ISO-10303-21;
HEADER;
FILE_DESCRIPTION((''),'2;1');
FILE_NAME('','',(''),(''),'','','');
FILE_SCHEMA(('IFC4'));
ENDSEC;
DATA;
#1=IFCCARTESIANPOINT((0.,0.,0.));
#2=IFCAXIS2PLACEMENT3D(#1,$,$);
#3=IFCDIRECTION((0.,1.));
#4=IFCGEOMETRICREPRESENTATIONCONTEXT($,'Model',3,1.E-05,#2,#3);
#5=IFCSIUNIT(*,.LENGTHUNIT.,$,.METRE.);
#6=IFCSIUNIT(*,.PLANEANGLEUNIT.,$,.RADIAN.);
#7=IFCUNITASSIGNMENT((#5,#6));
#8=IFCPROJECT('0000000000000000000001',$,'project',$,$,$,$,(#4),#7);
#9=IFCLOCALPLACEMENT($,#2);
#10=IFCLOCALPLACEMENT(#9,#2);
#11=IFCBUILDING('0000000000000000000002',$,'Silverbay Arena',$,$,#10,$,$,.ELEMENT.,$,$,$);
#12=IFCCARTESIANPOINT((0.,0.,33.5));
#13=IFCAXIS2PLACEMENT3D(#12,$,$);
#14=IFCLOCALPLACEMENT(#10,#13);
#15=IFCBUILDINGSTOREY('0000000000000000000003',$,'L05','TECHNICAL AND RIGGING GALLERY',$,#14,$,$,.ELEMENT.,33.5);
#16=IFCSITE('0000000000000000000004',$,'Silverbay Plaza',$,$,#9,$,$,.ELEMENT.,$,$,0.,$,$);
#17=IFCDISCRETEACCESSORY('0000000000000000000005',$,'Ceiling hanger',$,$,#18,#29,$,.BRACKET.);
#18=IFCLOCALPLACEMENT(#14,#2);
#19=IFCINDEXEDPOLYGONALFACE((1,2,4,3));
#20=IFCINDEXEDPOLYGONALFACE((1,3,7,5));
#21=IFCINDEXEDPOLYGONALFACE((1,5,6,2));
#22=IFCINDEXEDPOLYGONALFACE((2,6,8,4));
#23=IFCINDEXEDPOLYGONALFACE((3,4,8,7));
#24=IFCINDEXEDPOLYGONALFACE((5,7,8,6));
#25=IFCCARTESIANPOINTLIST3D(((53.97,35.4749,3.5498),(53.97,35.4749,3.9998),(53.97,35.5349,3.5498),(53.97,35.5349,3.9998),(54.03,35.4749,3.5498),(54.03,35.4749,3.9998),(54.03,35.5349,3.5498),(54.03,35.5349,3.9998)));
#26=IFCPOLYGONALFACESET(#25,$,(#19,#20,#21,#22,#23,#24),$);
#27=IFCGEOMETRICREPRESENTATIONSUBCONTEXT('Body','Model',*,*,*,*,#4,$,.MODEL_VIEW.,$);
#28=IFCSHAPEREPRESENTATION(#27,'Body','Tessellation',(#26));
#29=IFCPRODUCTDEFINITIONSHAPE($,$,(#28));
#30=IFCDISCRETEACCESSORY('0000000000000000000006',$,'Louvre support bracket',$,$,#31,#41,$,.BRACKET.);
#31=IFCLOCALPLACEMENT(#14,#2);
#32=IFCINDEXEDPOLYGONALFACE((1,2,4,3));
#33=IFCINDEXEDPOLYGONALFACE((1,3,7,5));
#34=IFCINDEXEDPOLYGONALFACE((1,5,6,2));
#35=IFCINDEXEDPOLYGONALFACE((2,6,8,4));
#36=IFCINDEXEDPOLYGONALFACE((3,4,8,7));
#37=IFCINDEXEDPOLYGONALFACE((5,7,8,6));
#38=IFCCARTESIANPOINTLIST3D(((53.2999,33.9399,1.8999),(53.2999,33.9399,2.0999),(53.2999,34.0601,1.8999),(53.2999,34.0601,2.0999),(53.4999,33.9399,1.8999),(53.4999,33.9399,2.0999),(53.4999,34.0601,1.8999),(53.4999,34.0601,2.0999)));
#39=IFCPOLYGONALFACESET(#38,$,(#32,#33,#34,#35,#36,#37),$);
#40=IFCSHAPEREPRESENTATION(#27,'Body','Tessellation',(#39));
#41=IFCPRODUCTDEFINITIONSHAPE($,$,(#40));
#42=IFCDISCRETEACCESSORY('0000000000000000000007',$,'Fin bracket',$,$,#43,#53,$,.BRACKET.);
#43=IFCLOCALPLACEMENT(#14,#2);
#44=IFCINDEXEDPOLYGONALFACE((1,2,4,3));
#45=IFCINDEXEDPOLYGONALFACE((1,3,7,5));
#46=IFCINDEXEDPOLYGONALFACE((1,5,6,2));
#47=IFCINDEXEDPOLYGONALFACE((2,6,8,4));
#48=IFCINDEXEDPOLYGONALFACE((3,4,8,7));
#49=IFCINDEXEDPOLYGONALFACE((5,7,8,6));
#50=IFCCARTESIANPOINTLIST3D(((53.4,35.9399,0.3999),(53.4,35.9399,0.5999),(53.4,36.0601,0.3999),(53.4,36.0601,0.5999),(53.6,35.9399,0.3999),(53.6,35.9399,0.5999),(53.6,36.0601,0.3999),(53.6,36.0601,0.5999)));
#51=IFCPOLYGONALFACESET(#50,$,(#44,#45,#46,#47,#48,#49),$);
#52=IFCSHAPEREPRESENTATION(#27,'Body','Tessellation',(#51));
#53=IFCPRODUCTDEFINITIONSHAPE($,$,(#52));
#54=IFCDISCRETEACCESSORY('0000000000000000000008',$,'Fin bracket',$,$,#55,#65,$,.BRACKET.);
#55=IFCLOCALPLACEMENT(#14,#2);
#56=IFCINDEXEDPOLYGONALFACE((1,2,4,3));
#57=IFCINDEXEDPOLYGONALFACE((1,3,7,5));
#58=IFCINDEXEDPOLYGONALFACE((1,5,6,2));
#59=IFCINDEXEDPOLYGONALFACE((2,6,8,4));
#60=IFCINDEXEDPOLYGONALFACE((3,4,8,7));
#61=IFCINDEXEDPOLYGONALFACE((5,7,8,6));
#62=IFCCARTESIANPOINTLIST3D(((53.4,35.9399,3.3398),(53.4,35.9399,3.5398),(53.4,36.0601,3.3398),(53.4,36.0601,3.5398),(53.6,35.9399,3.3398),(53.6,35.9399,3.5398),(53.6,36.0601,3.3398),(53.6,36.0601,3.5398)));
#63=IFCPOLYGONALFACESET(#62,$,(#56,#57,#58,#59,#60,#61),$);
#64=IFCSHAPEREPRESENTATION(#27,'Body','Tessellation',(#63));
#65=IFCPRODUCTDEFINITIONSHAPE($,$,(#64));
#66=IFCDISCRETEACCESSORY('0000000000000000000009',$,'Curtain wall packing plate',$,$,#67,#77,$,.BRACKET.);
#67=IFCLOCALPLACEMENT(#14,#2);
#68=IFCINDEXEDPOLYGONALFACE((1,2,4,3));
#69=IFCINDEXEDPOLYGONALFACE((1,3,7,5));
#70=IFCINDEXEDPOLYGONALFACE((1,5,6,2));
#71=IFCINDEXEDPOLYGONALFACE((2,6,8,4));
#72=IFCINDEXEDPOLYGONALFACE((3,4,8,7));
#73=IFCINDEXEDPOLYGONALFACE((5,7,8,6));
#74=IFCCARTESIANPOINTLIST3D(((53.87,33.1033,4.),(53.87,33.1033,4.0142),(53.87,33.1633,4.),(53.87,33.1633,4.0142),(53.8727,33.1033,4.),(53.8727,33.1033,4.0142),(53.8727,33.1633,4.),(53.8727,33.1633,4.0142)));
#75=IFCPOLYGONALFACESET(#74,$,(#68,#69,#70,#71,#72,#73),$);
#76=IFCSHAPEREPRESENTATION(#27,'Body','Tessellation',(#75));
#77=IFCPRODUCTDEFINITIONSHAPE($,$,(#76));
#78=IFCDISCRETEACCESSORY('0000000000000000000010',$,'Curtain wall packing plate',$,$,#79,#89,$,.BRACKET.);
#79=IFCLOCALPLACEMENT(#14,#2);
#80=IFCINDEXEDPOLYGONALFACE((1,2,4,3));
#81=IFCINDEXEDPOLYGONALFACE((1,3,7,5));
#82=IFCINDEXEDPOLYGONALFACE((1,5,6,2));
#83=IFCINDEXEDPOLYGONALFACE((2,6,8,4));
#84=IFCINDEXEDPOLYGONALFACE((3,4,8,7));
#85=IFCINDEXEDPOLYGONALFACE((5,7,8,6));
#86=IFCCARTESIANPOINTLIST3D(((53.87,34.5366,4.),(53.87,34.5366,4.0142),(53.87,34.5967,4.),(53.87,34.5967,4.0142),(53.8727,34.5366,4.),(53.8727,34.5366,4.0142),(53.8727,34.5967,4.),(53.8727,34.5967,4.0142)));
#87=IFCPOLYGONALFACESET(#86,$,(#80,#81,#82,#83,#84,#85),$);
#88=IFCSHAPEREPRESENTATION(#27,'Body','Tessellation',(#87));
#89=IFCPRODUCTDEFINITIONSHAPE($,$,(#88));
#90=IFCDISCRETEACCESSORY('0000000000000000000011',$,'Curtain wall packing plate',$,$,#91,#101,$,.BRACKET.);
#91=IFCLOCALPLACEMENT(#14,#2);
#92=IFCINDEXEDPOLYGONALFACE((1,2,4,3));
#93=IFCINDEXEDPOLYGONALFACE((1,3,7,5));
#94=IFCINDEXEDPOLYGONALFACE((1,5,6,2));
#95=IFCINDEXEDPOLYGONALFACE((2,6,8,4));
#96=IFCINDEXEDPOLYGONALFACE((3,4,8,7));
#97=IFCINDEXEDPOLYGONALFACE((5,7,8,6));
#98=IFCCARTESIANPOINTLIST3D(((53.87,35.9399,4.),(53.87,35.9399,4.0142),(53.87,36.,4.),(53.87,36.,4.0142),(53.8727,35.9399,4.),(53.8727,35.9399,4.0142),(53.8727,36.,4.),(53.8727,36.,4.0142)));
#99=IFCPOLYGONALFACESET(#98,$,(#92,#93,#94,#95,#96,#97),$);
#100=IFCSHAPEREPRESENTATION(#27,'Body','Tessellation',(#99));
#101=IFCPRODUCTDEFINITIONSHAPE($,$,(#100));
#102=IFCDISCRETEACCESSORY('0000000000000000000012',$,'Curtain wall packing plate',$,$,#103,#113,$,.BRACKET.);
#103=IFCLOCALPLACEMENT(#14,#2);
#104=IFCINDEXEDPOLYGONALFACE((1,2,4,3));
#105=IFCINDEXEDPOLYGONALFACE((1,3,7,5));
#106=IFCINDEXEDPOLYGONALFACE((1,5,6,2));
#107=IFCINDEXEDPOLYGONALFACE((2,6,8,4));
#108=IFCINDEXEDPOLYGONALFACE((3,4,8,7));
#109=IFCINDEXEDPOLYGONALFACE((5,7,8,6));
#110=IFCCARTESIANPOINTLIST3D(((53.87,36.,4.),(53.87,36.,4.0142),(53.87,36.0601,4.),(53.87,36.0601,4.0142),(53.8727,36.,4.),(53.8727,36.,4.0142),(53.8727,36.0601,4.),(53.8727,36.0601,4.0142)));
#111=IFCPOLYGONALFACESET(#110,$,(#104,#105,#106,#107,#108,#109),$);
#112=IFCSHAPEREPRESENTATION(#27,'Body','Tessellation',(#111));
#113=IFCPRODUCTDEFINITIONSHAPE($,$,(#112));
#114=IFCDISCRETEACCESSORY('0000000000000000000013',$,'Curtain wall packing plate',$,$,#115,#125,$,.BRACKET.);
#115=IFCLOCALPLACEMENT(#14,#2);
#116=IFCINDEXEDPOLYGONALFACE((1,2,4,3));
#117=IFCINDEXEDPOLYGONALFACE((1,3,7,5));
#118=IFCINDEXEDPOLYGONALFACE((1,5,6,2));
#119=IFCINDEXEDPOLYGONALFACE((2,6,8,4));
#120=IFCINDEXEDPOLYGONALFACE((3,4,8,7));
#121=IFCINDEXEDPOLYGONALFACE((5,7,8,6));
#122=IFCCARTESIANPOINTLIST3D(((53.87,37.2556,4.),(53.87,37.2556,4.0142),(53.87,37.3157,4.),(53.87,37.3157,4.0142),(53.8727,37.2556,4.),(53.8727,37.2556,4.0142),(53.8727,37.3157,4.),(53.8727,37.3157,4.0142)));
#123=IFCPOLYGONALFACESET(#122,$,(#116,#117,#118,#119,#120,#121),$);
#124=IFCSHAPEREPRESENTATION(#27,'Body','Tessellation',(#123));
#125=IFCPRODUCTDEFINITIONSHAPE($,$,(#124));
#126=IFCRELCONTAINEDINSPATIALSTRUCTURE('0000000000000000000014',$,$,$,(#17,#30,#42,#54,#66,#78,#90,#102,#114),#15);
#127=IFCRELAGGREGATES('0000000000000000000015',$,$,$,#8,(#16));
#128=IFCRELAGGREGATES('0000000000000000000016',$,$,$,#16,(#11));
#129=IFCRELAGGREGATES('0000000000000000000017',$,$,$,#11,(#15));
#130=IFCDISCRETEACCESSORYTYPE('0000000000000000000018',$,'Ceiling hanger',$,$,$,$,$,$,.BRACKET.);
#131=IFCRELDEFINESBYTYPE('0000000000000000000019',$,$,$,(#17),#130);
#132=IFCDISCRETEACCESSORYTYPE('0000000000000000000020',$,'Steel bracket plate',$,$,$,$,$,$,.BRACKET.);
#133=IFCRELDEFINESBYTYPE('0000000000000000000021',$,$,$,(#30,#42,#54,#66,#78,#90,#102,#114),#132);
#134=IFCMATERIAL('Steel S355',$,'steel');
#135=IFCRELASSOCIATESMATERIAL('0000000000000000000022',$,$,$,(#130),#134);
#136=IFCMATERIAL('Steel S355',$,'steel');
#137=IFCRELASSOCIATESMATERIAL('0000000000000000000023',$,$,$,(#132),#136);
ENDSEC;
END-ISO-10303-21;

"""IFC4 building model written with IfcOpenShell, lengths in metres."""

from ifc_helpers import new_model, si_unit, direction, frame, origin, origin_2d, place, context, subcontext, project, spatial, rectangle, extrude, material, type_object, element, save


model = new_model("IFC4")

# Units and contexts
model_context = context("Model", 3, precision=1e-05, world=origin(), true_north=direction((0.0, 1.0)))
body_context = subcontext(model_context, "Body", "Model", "MODEL_VIEW")
ifc_project = project(units=[si_unit("LENGTHUNIT", "METRE"), si_unit("PLANEANGLEUNIT", "RADIAN")], contexts=[model_context])

# Site, building, storey
site_placement = place(None, origin())
site = spatial("IfcSite", under=ifc_project, at=site_placement, Name="Silverbay Plaza", CompositionType="ELEMENT", RefElevation=0.0)
building_placement = place(site_placement, origin())
building = spatial("IfcBuilding", under=site, at=building_placement, Name="Silverbay Arena", CompositionType="ELEMENT")
storey_placement = place(building_placement, frame((0.0, 0.0, 33.5)))
storey = spatial("IfcBuildingStorey", under=building, at=storey_placement, Name="L05", Description="TECHNICAL AND RIGGING GALLERY", CompositionType="ELEMENT", Elevation=33.5)

# Discrete accessories
ifc_material_1 = material(Name="Steel S355", Category="steel")
discrete_accessory_type_1 = type_object("IfcDiscreteAccessoryType", Name="Ceiling hanger", PredefinedType="BRACKET", material=ifc_material_1)
discrete_accessory_1_placement = place(storey_placement, frame((54.0, 35.5049, 3.5498), z_axis=(0.0, 0.0, 1.0), x_axis=(1.0, 0.0, 0.0)))
element("IfcDiscreteAccessory", 1, at=discrete_accessory_1_placement, inside=storey, type_object=discrete_accessory_type_1, Name="Ceiling hanger", PredefinedType="BRACKET", context=body_context, shape_type="SweptSolid", body=[
    extrude(rectangle(XDim=0.0601, YDim=0.0601, at=origin_2d()), origin(), (0.0, 0.0, 1.0), 0.45),
])
ifc_material_2 = material(Name="Steel S355", Category="steel")
discrete_accessory_type_2 = type_object("IfcDiscreteAccessoryType", Name="Steel bracket plate", PredefinedType="BRACKET", material=ifc_material_2)
discrete_accessory_2_placement = place(storey_placement, frame((53.3999, 34.0, 1.8999), z_axis=(0.0, 0.0, 1.0), x_axis=(0.0, 1.0, 0.0)))
element("IfcDiscreteAccessory", 2, at=discrete_accessory_2_placement, inside=storey, type_object=discrete_accessory_type_2, Name="Louvre support bracket", PredefinedType="BRACKET", context=body_context, shape_type="SweptSolid", body=[
    extrude(rectangle(XDim=0.1201, YDim=0.2, at=origin_2d()), origin(), (0.0, 0.0, 1.0), 0.2),
])
for number, where, z_axis, x_axis, name in (
    (3, (53.5, 36.0, 0.3999), (0.0, 0.0, 1.0), (1.0, 0.0, 0.0), "Fin bracket"),
    (4, (53.5, 36.0, 3.3398), (0.0, 0.0, 1.0), (1.0, 0.0, 0.0), "Fin bracket"),
):
    element("IfcDiscreteAccessory", number, at=place(storey_placement, frame(where, z_axis=z_axis, x_axis=x_axis)), inside=storey, type_object=discrete_accessory_type_2, Name=name, PredefinedType="BRACKET", context=body_context, shape_type="SweptSolid", body=[
        extrude(rectangle(XDim=0.2, YDim=0.1201, at=origin_2d()), origin(), (0.0, 0.0, 1.0), 0.2),
    ])
for number, where, z_axis, x_axis, name in (
    (5, (53.8713, 33.1333, 4.0), (0.0, 0.0, 1.0), (1.0, 0.0, 0.0), "Curtain wall packing plate"),
    (6, (53.8713, 34.5667, 4.0), (0.0, 0.0, 1.0), (1.0, 0.0, 0.0), "Curtain wall packing plate"),
    (7, (53.8713, 35.97, 4.0), (0.0, 0.0, 1.0), (1.0, 0.0, 0.0), "Curtain wall packing plate"),
    (8, (53.8713, 36.03, 4.0), (0.0, 0.0, 1.0), (1.0, 0.0, 0.0), "Curtain wall packing plate"),
    (9, (53.8713, 37.2856, 4.0), (0.0, 0.0, 1.0), (1.0, 0.0, 0.0), "Curtain wall packing plate"),
):
    element("IfcDiscreteAccessory", number, at=place(storey_placement, frame(where, z_axis=z_axis, x_axis=x_axis)), inside=storey, type_object=discrete_accessory_type_2, Name=name, PredefinedType="BRACKET", context=body_context, shape_type="SweptSolid", body=[
        extrude(rectangle(XDim=0.0027, YDim=0.0601, at=origin_2d()), origin(), (0.0, 0.0, 1.0), 0.0142),
    ])

save(model, "model.ifc")
